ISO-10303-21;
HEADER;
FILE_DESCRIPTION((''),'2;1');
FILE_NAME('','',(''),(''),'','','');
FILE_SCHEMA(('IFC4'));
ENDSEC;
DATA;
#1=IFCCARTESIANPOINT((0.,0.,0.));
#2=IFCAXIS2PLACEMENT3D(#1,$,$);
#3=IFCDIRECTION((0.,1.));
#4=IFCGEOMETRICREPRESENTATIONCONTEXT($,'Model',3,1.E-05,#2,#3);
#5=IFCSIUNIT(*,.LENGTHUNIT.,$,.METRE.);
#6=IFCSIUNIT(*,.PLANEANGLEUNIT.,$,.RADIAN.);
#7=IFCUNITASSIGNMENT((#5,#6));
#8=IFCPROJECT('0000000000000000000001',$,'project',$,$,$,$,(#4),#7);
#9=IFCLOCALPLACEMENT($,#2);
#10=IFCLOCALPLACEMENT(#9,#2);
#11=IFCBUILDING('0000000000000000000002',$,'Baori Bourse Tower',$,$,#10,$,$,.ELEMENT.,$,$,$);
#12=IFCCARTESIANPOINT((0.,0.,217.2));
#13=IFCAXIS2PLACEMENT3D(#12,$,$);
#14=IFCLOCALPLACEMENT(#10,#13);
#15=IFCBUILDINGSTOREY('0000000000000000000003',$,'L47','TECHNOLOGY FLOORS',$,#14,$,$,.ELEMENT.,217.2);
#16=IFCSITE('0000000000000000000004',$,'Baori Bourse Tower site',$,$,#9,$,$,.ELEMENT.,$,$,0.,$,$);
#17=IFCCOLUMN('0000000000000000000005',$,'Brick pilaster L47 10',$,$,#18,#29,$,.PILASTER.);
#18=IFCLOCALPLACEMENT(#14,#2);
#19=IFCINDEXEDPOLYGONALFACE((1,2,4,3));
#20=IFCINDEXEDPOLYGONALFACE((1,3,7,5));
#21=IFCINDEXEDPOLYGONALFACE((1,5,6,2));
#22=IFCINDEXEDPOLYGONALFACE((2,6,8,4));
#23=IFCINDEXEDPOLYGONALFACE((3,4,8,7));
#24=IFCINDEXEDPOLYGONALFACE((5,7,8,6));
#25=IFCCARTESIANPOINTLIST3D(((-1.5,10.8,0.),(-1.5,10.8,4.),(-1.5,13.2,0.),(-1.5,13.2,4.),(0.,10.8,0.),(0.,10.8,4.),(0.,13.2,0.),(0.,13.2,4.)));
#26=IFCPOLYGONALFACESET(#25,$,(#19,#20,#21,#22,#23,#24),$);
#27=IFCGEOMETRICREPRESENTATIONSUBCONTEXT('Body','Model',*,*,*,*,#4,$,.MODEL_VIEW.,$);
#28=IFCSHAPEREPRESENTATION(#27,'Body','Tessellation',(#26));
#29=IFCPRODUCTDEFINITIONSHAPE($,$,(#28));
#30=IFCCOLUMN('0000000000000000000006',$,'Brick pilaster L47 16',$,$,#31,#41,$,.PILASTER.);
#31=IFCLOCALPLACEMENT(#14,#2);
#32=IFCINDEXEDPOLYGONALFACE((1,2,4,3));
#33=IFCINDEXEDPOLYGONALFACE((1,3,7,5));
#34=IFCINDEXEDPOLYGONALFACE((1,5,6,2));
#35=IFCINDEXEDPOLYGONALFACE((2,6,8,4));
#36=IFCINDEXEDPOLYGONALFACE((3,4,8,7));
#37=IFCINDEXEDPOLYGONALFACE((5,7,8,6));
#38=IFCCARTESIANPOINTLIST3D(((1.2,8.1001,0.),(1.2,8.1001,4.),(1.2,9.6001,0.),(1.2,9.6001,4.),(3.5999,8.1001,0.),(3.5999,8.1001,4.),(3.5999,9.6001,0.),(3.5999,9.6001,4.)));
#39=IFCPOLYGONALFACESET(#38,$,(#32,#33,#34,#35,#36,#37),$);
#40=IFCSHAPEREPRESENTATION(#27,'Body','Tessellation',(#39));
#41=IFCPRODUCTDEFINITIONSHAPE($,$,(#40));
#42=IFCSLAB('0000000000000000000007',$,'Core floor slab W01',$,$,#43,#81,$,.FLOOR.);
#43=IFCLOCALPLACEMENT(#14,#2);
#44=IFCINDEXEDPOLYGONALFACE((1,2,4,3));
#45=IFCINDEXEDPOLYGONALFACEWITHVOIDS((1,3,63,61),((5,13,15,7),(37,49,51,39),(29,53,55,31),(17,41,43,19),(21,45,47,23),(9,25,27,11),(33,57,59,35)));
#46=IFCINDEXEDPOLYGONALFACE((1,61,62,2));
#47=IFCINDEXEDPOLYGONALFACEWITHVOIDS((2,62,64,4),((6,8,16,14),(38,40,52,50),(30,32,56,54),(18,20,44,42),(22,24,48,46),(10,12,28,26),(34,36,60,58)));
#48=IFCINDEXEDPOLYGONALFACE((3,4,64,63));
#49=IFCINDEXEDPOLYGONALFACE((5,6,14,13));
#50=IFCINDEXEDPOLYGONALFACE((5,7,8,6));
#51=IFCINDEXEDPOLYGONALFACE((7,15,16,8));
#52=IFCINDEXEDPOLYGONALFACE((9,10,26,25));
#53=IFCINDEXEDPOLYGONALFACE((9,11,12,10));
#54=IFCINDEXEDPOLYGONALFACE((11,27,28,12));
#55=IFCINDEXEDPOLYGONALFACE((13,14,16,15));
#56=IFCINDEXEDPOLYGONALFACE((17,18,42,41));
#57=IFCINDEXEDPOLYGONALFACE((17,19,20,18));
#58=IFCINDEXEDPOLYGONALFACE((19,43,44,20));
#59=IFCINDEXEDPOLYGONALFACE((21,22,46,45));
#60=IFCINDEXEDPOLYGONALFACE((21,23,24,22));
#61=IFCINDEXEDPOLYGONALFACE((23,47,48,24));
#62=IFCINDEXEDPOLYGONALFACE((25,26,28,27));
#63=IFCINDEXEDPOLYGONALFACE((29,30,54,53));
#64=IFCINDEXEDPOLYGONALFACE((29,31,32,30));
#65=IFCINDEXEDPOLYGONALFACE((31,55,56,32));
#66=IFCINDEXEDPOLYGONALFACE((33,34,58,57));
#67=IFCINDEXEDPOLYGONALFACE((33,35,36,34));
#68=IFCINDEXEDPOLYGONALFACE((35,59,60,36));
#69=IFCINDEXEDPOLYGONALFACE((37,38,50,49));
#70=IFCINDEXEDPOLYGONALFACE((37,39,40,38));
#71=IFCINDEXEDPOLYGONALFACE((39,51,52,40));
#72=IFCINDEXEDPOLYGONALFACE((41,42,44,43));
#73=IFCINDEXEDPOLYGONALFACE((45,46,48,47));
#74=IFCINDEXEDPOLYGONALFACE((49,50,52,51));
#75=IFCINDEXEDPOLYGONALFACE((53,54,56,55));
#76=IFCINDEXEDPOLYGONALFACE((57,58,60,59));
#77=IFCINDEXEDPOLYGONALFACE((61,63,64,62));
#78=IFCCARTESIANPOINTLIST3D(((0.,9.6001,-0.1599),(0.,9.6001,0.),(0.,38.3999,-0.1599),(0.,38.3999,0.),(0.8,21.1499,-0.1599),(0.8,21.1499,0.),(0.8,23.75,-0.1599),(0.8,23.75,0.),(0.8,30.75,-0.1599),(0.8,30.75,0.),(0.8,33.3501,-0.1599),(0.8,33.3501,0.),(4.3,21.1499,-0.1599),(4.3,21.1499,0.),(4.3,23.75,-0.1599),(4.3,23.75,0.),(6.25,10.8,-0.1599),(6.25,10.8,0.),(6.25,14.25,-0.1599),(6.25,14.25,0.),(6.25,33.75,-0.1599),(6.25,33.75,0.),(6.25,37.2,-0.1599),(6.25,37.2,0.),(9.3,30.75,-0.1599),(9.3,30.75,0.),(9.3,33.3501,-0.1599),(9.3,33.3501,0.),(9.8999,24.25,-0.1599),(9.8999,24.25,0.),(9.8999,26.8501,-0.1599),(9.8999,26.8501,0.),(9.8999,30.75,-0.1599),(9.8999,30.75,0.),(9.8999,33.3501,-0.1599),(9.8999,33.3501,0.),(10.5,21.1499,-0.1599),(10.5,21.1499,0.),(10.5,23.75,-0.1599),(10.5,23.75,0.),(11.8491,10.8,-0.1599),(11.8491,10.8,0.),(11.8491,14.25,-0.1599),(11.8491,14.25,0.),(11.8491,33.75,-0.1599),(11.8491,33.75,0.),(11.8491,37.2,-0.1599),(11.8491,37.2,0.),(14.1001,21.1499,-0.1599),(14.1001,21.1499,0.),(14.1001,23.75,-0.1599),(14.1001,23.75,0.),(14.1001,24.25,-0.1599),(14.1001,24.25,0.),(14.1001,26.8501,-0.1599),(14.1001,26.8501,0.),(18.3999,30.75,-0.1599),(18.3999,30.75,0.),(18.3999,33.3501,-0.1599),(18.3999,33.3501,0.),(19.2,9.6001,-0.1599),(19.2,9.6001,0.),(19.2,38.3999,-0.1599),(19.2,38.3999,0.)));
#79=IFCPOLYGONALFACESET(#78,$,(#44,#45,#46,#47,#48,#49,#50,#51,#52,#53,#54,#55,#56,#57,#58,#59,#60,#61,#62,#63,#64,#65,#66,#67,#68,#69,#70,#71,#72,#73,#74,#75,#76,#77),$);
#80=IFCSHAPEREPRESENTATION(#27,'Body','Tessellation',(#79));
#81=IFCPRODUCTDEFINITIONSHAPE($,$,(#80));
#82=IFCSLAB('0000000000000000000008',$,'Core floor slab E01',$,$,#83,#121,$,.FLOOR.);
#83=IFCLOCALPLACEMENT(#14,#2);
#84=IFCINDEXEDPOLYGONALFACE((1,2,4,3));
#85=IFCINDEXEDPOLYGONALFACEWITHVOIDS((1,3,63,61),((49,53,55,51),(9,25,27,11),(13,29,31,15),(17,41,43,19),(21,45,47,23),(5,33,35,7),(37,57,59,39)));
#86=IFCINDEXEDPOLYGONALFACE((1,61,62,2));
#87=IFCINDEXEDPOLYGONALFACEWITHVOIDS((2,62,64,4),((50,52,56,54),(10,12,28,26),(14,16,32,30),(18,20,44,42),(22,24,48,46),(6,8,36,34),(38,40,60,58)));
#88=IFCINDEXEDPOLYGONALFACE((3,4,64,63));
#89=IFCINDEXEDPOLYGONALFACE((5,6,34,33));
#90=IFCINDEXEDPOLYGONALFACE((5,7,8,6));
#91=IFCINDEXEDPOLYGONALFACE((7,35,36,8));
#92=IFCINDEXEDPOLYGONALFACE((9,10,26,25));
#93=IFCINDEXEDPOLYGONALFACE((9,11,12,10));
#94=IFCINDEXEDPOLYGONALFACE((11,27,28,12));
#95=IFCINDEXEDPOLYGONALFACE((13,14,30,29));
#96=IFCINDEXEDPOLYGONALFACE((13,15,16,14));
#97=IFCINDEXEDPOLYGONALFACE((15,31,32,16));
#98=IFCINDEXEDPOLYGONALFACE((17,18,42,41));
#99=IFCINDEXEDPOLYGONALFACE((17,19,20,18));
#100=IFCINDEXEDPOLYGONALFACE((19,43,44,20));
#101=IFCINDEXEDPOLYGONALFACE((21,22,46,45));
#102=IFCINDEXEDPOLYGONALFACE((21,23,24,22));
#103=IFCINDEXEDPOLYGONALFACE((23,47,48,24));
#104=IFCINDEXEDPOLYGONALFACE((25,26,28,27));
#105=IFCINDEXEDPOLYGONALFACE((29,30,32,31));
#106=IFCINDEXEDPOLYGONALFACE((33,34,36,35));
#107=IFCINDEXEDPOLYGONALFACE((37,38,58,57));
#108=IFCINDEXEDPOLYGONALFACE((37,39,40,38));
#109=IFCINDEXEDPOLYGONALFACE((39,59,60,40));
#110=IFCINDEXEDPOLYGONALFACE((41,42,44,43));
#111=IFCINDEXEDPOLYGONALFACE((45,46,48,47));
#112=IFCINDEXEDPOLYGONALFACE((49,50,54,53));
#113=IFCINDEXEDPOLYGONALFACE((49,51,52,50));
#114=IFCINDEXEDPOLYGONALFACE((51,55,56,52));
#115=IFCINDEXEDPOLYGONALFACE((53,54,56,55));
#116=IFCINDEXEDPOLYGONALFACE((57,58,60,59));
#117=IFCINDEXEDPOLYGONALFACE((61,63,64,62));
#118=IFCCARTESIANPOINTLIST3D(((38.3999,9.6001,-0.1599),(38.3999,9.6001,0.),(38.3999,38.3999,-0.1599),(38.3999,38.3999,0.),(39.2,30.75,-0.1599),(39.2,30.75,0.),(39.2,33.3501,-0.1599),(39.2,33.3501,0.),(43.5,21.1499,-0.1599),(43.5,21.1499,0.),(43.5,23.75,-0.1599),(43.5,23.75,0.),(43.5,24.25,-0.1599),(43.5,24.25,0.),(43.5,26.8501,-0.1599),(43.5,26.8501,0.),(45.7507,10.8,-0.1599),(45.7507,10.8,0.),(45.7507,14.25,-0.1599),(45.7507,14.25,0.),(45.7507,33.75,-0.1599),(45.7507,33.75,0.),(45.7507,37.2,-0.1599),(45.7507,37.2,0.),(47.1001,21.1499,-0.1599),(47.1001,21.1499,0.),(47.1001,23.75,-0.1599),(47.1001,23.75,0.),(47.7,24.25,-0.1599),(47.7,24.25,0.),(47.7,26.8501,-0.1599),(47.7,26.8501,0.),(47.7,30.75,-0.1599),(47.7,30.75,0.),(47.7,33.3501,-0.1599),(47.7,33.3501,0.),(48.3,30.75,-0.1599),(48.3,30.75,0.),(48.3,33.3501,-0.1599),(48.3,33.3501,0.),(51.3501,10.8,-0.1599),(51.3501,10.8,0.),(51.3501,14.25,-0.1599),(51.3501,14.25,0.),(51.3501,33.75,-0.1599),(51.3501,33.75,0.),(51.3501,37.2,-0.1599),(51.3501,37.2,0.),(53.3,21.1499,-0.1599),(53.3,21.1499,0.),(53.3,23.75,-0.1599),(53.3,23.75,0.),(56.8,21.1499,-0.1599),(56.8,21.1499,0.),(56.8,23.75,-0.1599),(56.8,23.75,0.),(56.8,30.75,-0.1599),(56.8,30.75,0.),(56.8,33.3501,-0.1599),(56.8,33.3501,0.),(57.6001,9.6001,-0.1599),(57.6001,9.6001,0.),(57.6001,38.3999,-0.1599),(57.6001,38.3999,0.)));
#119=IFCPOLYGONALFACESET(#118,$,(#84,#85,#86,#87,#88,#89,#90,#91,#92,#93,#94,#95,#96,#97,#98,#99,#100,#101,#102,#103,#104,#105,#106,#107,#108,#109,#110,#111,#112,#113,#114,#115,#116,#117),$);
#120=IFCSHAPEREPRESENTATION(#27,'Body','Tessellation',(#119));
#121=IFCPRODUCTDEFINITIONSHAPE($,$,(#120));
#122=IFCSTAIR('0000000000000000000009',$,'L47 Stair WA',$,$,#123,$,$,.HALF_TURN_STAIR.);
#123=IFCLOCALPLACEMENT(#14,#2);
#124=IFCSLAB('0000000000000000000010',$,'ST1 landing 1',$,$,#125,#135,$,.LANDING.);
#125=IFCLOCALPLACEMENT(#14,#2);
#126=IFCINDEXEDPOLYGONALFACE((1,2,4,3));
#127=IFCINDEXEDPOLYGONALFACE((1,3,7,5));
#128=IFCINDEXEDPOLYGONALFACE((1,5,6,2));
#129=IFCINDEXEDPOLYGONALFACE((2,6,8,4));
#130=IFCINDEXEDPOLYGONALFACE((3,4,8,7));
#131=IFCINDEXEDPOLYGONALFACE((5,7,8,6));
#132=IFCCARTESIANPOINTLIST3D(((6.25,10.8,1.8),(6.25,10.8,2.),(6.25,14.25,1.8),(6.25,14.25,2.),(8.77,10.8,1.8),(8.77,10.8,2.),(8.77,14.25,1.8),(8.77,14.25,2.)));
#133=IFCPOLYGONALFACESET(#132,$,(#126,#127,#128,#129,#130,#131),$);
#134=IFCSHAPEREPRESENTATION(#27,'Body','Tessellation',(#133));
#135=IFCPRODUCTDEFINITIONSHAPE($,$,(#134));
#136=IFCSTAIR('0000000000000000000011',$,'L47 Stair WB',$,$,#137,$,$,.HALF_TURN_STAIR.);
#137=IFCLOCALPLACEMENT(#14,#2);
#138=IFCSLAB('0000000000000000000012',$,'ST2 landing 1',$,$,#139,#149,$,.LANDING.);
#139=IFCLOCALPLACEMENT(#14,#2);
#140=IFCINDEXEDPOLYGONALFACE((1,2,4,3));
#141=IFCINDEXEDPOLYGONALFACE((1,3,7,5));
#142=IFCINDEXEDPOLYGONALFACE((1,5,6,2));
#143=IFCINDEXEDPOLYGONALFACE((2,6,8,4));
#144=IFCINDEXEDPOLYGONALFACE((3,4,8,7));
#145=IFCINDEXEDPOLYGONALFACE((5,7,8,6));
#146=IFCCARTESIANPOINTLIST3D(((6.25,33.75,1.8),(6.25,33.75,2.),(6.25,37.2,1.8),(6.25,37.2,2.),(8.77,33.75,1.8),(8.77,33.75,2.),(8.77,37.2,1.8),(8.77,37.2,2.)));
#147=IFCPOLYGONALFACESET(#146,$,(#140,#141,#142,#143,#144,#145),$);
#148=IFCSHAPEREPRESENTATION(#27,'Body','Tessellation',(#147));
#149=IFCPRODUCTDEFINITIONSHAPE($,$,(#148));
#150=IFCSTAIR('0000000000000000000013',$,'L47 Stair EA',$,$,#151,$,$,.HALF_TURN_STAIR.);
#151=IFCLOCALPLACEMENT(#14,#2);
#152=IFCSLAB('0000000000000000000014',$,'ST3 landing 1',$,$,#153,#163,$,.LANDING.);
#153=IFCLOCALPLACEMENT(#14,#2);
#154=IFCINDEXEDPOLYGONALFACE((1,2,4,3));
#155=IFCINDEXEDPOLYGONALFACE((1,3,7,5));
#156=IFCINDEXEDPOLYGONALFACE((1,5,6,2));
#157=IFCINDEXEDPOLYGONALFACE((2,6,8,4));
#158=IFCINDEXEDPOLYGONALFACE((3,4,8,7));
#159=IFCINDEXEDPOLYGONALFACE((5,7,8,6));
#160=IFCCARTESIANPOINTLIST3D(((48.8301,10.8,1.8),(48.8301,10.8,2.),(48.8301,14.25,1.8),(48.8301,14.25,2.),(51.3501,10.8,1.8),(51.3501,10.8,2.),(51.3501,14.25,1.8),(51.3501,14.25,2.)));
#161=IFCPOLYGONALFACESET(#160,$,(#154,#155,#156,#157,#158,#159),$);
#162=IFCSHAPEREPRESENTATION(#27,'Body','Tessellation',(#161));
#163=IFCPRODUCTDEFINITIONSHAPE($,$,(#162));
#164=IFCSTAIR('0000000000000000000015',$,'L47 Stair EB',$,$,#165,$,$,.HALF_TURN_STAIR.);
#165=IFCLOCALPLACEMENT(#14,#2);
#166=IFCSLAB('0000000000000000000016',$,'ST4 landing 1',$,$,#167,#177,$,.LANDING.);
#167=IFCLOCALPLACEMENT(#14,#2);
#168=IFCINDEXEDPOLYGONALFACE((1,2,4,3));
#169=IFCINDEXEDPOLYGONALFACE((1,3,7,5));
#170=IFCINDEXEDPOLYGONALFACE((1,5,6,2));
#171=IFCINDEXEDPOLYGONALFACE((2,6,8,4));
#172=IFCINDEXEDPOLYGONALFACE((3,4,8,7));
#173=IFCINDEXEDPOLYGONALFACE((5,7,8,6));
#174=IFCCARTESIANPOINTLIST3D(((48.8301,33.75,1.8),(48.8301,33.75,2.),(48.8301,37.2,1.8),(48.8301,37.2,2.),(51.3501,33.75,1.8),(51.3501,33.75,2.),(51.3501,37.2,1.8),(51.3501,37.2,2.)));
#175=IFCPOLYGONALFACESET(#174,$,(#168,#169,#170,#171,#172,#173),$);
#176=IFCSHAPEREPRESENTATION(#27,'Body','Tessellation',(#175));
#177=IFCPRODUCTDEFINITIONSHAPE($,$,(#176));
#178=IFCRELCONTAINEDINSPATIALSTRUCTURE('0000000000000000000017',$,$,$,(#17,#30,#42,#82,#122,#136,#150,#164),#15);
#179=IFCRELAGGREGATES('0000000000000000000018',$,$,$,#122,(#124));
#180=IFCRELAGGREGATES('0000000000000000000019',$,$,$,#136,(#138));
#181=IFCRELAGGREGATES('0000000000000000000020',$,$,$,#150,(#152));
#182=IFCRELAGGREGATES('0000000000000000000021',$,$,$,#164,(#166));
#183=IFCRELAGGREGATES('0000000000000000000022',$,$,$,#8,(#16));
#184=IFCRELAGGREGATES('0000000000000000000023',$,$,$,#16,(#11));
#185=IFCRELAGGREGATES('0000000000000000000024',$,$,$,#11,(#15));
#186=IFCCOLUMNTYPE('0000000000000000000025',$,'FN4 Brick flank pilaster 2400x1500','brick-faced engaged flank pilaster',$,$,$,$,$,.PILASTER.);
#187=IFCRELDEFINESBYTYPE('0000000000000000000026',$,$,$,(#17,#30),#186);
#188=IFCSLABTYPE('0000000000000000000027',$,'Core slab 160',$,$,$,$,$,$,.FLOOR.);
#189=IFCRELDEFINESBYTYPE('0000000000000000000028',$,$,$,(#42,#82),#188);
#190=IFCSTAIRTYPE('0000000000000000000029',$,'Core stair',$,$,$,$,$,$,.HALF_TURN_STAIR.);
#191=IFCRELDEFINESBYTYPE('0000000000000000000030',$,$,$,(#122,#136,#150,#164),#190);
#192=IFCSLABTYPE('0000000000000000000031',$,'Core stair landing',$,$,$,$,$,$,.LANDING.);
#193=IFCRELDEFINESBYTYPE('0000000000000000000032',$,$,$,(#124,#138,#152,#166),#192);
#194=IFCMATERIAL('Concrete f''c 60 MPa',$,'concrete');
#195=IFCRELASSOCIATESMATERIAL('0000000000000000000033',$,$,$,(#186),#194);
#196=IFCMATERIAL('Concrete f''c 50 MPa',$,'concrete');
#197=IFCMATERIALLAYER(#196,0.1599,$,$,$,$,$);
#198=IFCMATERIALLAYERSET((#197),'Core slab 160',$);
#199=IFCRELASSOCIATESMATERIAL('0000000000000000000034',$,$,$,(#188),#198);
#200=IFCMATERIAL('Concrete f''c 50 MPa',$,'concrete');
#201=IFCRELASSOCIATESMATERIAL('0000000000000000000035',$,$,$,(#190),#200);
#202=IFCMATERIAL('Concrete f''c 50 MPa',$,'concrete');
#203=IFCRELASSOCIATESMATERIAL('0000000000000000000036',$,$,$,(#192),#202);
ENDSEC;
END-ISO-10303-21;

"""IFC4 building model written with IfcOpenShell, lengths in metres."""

from ifc_helpers import new_model, si_unit, direction, frame, origin, origin_2d, place, context, subcontext, project, spatial, polyline, rectangle, outline, extrude, material, layer, layer_set, material_profile, profile_set, type_object, element, aggregate, save


model = new_model("IFC4")

# Units and contexts
model_context = context("Model", 3, precision=1e-05, world=origin(), true_north=direction((0.0, 1.0)))
body_context = subcontext(model_context, "Body", "Model", "MODEL_VIEW")
ifc_project = project(units=[si_unit("LENGTHUNIT", "METRE"), si_unit("PLANEANGLEUNIT", "RADIAN")], contexts=[model_context])

# Site, building, storey
site_placement = place(None, origin())
site = spatial("IfcSite", under=ifc_project, at=site_placement, Name="Baori Bourse Tower site", CompositionType="ELEMENT", RefElevation=0.0)
building_placement = place(site_placement, origin())
building = spatial("IfcBuilding", under=site, at=building_placement, Name="Baori Bourse Tower", CompositionType="ELEMENT")
storey_placement = place(building_placement, frame((0.0, 0.0, 217.2)))
storey = spatial("IfcBuildingStorey", under=building, at=storey_placement, Name="L47", Description="TECHNOLOGY FLOORS", CompositionType="ELEMENT", Elevation=217.2)

# Columns
ifc_material_1 = material(Name="Concrete f'c 60 MPa", Category="concrete")
ifc_material_profile = material_profile(ifc_material_1, rectangle(XDim=2.3999, YDim=1.5, at=origin_2d()), Name="RC 2400x1500")
ifc_profile_set = profile_set([ifc_material_profile], Name="Concrete f'c 60 MPa")
column_type = type_object("IfcColumnType", Name="FN4 Brick flank pilaster 2400x1500", Description="brick-faced engaged flank pilaster", PredefinedType="PILASTER", material=ifc_profile_set)
for number, where, z_axis, x_axis, name in (
    (1, (-0.75, 12.0, 0.0), (0.0, 0.0, 1.0), (0.0, 1.0, 0.0), "Brick pilaster L47 10"),
    (2, (2.3999, 8.8501, 0.0), (0.0, 0.0, 1.0), (1.0, 0.0, 0.0), "Brick pilaster L47 16"),
):
    element("IfcColumn", number, at=place(storey_placement, frame(where, z_axis=z_axis, x_axis=x_axis)), inside=storey, type_object=column_type, Name=name, PredefinedType="PILASTER", context=body_context, shape_type="SweptSolid", body=[
        extrude(rectangle(XDim=2.3999, YDim=1.5, at=origin_2d()), origin(), (0.0, 0.0, 1.0), 4.0),
    ])

# Slabs
ifc_material_2 = material(Name="Concrete f'c 50 MPa", Category="concrete")
ifc_layer_1 = layer(ifc_material_2, 0.1599)
ifc_layer_set_1 = layer_set([ifc_layer_1], Name="Core slab 160")
slab_type_1 = type_object("IfcSlabType", Name="Core slab 160", PredefinedType="FLOOR", material=ifc_layer_set_1)
slab_1_placement = place(storey_placement, frame((0.0, 0.0, -0.1599)))
element("IfcSlab", 3, at=slab_1_placement, inside=storey, type_object=slab_type_1, Name="Core floor slab W01", PredefinedType="FLOOR", context=body_context, shape_type="SweptSolid", body=[
    extrude(outline(polyline([(19.2, 38.3999), (0.0, 38.3999), (0.0, 9.6001), (19.2, 9.6001), (19.2, 38.3999)]), holes=[polyline([(9.8999, 33.3501), (18.3999, 33.3501), (18.3999, 30.75), (9.8999, 30.75), (9.8999, 33.3501)]), polyline([(10.5, 21.1499), (10.5, 23.75), (14.1001, 23.75), (14.1001, 21.1499), (10.5, 21.1499)]), polyline([(14.1001, 24.25), (9.8999, 24.25), (9.8999, 26.8501), (14.1001, 26.8501), (14.1001, 24.25)]), polyline([(6.25, 14.25), (11.8491, 14.25), (11.8491, 10.8), (6.25, 10.8), (6.25, 14.25)]), polyline([(11.8491, 37.2), (11.8491, 33.75), (6.25, 33.75), (6.25, 37.2), (11.8491, 37.2)]), polyline([(0.8, 30.75), (0.8, 33.3501), (9.3, 33.3501), (9.3, 30.75), (0.8, 30.75)]), polyline([(4.3, 23.75), (4.3, 21.1499), (0.8, 21.1499), (0.8, 23.75), (4.3, 23.75)])]), origin(), (0.0, 0.0, 1.0), 0.1599),
])
slab_2_placement = place(storey_placement, frame((0.0, 0.0, -0.1599)))
element("IfcSlab", 4, at=slab_2_placement, inside=storey, type_object=slab_type_1, Name="Core floor slab E01", PredefinedType="FLOOR", context=body_context, shape_type="SweptSolid", body=[
    extrude(outline(polyline([(57.6001, 9.6001), (57.6001, 38.3999), (38.3999, 38.3999), (38.3999, 9.6001), (57.6001, 9.6001)]), holes=[polyline([(48.3, 33.3501), (56.8, 33.3501), (56.8, 30.75), (48.3, 30.75), (48.3, 33.3501)]), polyline([(56.8, 21.1499), (53.3, 21.1499), (53.3, 23.75), (56.8, 23.75), (56.8, 21.1499)]), polyline([(45.7507, 14.25), (51.3501, 14.25), (51.3501, 10.8), (45.7507, 10.8), (45.7507, 14.25)]), polyline([(51.3501, 37.2), (51.3501, 33.75), (45.7507, 33.75), (45.7507, 37.2), (51.3501, 37.2)]), polyline([(43.5, 24.25), (43.5, 26.8501), (47.7, 26.8501), (47.7, 24.25), (43.5, 24.25)]), polyline([(47.7, 33.3501), (47.7, 30.75), (39.2, 30.75), (39.2, 33.3501), (47.7, 33.3501)]), polyline([(43.5, 23.75), (47.1001, 23.75), (47.1001, 21.1499), (43.5, 21.1499), (43.5, 23.75)])]), origin(), (0.0, 0.0, 1.0), 0.1599),
])

# Stairs, slabs
ifc_material_3 = material(Name="Concrete f'c 50 MPa", Category="concrete")
stair_type = type_object("IfcStairType", Name="Core stair", PredefinedType="HALF_TURN_STAIR", material=ifc_material_3)
stair_1_placement = place(storey_placement, origin())
stair_1 = element("IfcStair", 5, at=stair_1_placement, inside=storey, type_object=stair_type, Name="L47 Stair WA", PredefinedType="HALF_TURN_STAIR")
ifc_material_4 = material(Name="Concrete f'c 50 MPa", Category="concrete")
slab_type_2 = type_object("IfcSlabType", Name="Core stair landing", PredefinedType="LANDING", material=ifc_material_4)
slab_3_placement = place(storey_placement, frame((0.0, 0.0, 1.8)))
slab_3 = element("IfcSlab", 6, at=slab_3_placement, type_object=slab_type_2, Name="ST1 landing 1", PredefinedType="LANDING", context=body_context, shape_type="SweptSolid", body=[
    extrude(outline(polyline([(8.77, 14.25), (6.25, 14.25), (6.25, 10.8), (8.77, 10.8), (8.77, 14.25)])), origin(), (0.0, 0.0, 1.0), 0.2),
])
aggregate(stair_1, [slab_3])
stair_2_placement = place(storey_placement, origin())
stair_2 = element("IfcStair", 7, at=stair_2_placement, inside=storey, type_object=stair_type, Name="L47 Stair WB", PredefinedType="HALF_TURN_STAIR")
slab_4_placement = place(storey_placement, frame((0.0, 0.0, 1.8)))
slab_4 = element("IfcSlab", 8, at=slab_4_placement, type_object=slab_type_2, Name="ST2 landing 1", PredefinedType="LANDING", context=body_context, shape_type="SweptSolid", body=[
    extrude(outline(polyline([(8.77, 37.2), (6.25, 37.2), (6.25, 33.75), (8.77, 33.75), (8.77, 37.2)])), origin(), (0.0, 0.0, 1.0), 0.2),
])
aggregate(stair_2, [slab_4])
stair_3_placement = place(storey_placement, origin())
stair_3 = element("IfcStair", 9, at=stair_3_placement, inside=storey, type_object=stair_type, Name="L47 Stair EA", PredefinedType="HALF_TURN_STAIR")
slab_5_placement = place(storey_placement, frame((0.0, 0.0, 1.8)))
slab_5 = element("IfcSlab", 10, at=slab_5_placement, type_object=slab_type_2, Name="ST3 landing 1", PredefinedType="LANDING", context=body_context, shape_type="SweptSolid", body=[
    extrude(outline(polyline([(48.8301, 10.8), (51.3501, 10.8), (51.3501, 14.25), (48.8301, 14.25), (48.8301, 10.8)])), origin(), (0.0, 0.0, 1.0), 0.2),
])
aggregate(stair_3, [slab_5])
stair_4_placement = place(storey_placement, origin())
stair_4 = element("IfcStair", 11, at=stair_4_placement, inside=storey, type_object=stair_type, Name="L47 Stair EB", PredefinedType="HALF_TURN_STAIR")
slab_6_placement = place(storey_placement, frame((0.0, 0.0, 1.8)))
slab_6 = element("IfcSlab", 12, at=slab_6_placement, type_object=slab_type_2, Name="ST4 landing 1", PredefinedType="LANDING", context=body_context, shape_type="SweptSolid", body=[
    extrude(outline(polyline([(48.8301, 33.75), (51.3501, 33.75), (51.3501, 37.2), (48.8301, 37.2), (48.8301, 33.75)])), origin(), (0.0, 0.0, 1.0), 0.2),
])
aggregate(stair_4, [slab_6])

save(model, "model.ifc")
